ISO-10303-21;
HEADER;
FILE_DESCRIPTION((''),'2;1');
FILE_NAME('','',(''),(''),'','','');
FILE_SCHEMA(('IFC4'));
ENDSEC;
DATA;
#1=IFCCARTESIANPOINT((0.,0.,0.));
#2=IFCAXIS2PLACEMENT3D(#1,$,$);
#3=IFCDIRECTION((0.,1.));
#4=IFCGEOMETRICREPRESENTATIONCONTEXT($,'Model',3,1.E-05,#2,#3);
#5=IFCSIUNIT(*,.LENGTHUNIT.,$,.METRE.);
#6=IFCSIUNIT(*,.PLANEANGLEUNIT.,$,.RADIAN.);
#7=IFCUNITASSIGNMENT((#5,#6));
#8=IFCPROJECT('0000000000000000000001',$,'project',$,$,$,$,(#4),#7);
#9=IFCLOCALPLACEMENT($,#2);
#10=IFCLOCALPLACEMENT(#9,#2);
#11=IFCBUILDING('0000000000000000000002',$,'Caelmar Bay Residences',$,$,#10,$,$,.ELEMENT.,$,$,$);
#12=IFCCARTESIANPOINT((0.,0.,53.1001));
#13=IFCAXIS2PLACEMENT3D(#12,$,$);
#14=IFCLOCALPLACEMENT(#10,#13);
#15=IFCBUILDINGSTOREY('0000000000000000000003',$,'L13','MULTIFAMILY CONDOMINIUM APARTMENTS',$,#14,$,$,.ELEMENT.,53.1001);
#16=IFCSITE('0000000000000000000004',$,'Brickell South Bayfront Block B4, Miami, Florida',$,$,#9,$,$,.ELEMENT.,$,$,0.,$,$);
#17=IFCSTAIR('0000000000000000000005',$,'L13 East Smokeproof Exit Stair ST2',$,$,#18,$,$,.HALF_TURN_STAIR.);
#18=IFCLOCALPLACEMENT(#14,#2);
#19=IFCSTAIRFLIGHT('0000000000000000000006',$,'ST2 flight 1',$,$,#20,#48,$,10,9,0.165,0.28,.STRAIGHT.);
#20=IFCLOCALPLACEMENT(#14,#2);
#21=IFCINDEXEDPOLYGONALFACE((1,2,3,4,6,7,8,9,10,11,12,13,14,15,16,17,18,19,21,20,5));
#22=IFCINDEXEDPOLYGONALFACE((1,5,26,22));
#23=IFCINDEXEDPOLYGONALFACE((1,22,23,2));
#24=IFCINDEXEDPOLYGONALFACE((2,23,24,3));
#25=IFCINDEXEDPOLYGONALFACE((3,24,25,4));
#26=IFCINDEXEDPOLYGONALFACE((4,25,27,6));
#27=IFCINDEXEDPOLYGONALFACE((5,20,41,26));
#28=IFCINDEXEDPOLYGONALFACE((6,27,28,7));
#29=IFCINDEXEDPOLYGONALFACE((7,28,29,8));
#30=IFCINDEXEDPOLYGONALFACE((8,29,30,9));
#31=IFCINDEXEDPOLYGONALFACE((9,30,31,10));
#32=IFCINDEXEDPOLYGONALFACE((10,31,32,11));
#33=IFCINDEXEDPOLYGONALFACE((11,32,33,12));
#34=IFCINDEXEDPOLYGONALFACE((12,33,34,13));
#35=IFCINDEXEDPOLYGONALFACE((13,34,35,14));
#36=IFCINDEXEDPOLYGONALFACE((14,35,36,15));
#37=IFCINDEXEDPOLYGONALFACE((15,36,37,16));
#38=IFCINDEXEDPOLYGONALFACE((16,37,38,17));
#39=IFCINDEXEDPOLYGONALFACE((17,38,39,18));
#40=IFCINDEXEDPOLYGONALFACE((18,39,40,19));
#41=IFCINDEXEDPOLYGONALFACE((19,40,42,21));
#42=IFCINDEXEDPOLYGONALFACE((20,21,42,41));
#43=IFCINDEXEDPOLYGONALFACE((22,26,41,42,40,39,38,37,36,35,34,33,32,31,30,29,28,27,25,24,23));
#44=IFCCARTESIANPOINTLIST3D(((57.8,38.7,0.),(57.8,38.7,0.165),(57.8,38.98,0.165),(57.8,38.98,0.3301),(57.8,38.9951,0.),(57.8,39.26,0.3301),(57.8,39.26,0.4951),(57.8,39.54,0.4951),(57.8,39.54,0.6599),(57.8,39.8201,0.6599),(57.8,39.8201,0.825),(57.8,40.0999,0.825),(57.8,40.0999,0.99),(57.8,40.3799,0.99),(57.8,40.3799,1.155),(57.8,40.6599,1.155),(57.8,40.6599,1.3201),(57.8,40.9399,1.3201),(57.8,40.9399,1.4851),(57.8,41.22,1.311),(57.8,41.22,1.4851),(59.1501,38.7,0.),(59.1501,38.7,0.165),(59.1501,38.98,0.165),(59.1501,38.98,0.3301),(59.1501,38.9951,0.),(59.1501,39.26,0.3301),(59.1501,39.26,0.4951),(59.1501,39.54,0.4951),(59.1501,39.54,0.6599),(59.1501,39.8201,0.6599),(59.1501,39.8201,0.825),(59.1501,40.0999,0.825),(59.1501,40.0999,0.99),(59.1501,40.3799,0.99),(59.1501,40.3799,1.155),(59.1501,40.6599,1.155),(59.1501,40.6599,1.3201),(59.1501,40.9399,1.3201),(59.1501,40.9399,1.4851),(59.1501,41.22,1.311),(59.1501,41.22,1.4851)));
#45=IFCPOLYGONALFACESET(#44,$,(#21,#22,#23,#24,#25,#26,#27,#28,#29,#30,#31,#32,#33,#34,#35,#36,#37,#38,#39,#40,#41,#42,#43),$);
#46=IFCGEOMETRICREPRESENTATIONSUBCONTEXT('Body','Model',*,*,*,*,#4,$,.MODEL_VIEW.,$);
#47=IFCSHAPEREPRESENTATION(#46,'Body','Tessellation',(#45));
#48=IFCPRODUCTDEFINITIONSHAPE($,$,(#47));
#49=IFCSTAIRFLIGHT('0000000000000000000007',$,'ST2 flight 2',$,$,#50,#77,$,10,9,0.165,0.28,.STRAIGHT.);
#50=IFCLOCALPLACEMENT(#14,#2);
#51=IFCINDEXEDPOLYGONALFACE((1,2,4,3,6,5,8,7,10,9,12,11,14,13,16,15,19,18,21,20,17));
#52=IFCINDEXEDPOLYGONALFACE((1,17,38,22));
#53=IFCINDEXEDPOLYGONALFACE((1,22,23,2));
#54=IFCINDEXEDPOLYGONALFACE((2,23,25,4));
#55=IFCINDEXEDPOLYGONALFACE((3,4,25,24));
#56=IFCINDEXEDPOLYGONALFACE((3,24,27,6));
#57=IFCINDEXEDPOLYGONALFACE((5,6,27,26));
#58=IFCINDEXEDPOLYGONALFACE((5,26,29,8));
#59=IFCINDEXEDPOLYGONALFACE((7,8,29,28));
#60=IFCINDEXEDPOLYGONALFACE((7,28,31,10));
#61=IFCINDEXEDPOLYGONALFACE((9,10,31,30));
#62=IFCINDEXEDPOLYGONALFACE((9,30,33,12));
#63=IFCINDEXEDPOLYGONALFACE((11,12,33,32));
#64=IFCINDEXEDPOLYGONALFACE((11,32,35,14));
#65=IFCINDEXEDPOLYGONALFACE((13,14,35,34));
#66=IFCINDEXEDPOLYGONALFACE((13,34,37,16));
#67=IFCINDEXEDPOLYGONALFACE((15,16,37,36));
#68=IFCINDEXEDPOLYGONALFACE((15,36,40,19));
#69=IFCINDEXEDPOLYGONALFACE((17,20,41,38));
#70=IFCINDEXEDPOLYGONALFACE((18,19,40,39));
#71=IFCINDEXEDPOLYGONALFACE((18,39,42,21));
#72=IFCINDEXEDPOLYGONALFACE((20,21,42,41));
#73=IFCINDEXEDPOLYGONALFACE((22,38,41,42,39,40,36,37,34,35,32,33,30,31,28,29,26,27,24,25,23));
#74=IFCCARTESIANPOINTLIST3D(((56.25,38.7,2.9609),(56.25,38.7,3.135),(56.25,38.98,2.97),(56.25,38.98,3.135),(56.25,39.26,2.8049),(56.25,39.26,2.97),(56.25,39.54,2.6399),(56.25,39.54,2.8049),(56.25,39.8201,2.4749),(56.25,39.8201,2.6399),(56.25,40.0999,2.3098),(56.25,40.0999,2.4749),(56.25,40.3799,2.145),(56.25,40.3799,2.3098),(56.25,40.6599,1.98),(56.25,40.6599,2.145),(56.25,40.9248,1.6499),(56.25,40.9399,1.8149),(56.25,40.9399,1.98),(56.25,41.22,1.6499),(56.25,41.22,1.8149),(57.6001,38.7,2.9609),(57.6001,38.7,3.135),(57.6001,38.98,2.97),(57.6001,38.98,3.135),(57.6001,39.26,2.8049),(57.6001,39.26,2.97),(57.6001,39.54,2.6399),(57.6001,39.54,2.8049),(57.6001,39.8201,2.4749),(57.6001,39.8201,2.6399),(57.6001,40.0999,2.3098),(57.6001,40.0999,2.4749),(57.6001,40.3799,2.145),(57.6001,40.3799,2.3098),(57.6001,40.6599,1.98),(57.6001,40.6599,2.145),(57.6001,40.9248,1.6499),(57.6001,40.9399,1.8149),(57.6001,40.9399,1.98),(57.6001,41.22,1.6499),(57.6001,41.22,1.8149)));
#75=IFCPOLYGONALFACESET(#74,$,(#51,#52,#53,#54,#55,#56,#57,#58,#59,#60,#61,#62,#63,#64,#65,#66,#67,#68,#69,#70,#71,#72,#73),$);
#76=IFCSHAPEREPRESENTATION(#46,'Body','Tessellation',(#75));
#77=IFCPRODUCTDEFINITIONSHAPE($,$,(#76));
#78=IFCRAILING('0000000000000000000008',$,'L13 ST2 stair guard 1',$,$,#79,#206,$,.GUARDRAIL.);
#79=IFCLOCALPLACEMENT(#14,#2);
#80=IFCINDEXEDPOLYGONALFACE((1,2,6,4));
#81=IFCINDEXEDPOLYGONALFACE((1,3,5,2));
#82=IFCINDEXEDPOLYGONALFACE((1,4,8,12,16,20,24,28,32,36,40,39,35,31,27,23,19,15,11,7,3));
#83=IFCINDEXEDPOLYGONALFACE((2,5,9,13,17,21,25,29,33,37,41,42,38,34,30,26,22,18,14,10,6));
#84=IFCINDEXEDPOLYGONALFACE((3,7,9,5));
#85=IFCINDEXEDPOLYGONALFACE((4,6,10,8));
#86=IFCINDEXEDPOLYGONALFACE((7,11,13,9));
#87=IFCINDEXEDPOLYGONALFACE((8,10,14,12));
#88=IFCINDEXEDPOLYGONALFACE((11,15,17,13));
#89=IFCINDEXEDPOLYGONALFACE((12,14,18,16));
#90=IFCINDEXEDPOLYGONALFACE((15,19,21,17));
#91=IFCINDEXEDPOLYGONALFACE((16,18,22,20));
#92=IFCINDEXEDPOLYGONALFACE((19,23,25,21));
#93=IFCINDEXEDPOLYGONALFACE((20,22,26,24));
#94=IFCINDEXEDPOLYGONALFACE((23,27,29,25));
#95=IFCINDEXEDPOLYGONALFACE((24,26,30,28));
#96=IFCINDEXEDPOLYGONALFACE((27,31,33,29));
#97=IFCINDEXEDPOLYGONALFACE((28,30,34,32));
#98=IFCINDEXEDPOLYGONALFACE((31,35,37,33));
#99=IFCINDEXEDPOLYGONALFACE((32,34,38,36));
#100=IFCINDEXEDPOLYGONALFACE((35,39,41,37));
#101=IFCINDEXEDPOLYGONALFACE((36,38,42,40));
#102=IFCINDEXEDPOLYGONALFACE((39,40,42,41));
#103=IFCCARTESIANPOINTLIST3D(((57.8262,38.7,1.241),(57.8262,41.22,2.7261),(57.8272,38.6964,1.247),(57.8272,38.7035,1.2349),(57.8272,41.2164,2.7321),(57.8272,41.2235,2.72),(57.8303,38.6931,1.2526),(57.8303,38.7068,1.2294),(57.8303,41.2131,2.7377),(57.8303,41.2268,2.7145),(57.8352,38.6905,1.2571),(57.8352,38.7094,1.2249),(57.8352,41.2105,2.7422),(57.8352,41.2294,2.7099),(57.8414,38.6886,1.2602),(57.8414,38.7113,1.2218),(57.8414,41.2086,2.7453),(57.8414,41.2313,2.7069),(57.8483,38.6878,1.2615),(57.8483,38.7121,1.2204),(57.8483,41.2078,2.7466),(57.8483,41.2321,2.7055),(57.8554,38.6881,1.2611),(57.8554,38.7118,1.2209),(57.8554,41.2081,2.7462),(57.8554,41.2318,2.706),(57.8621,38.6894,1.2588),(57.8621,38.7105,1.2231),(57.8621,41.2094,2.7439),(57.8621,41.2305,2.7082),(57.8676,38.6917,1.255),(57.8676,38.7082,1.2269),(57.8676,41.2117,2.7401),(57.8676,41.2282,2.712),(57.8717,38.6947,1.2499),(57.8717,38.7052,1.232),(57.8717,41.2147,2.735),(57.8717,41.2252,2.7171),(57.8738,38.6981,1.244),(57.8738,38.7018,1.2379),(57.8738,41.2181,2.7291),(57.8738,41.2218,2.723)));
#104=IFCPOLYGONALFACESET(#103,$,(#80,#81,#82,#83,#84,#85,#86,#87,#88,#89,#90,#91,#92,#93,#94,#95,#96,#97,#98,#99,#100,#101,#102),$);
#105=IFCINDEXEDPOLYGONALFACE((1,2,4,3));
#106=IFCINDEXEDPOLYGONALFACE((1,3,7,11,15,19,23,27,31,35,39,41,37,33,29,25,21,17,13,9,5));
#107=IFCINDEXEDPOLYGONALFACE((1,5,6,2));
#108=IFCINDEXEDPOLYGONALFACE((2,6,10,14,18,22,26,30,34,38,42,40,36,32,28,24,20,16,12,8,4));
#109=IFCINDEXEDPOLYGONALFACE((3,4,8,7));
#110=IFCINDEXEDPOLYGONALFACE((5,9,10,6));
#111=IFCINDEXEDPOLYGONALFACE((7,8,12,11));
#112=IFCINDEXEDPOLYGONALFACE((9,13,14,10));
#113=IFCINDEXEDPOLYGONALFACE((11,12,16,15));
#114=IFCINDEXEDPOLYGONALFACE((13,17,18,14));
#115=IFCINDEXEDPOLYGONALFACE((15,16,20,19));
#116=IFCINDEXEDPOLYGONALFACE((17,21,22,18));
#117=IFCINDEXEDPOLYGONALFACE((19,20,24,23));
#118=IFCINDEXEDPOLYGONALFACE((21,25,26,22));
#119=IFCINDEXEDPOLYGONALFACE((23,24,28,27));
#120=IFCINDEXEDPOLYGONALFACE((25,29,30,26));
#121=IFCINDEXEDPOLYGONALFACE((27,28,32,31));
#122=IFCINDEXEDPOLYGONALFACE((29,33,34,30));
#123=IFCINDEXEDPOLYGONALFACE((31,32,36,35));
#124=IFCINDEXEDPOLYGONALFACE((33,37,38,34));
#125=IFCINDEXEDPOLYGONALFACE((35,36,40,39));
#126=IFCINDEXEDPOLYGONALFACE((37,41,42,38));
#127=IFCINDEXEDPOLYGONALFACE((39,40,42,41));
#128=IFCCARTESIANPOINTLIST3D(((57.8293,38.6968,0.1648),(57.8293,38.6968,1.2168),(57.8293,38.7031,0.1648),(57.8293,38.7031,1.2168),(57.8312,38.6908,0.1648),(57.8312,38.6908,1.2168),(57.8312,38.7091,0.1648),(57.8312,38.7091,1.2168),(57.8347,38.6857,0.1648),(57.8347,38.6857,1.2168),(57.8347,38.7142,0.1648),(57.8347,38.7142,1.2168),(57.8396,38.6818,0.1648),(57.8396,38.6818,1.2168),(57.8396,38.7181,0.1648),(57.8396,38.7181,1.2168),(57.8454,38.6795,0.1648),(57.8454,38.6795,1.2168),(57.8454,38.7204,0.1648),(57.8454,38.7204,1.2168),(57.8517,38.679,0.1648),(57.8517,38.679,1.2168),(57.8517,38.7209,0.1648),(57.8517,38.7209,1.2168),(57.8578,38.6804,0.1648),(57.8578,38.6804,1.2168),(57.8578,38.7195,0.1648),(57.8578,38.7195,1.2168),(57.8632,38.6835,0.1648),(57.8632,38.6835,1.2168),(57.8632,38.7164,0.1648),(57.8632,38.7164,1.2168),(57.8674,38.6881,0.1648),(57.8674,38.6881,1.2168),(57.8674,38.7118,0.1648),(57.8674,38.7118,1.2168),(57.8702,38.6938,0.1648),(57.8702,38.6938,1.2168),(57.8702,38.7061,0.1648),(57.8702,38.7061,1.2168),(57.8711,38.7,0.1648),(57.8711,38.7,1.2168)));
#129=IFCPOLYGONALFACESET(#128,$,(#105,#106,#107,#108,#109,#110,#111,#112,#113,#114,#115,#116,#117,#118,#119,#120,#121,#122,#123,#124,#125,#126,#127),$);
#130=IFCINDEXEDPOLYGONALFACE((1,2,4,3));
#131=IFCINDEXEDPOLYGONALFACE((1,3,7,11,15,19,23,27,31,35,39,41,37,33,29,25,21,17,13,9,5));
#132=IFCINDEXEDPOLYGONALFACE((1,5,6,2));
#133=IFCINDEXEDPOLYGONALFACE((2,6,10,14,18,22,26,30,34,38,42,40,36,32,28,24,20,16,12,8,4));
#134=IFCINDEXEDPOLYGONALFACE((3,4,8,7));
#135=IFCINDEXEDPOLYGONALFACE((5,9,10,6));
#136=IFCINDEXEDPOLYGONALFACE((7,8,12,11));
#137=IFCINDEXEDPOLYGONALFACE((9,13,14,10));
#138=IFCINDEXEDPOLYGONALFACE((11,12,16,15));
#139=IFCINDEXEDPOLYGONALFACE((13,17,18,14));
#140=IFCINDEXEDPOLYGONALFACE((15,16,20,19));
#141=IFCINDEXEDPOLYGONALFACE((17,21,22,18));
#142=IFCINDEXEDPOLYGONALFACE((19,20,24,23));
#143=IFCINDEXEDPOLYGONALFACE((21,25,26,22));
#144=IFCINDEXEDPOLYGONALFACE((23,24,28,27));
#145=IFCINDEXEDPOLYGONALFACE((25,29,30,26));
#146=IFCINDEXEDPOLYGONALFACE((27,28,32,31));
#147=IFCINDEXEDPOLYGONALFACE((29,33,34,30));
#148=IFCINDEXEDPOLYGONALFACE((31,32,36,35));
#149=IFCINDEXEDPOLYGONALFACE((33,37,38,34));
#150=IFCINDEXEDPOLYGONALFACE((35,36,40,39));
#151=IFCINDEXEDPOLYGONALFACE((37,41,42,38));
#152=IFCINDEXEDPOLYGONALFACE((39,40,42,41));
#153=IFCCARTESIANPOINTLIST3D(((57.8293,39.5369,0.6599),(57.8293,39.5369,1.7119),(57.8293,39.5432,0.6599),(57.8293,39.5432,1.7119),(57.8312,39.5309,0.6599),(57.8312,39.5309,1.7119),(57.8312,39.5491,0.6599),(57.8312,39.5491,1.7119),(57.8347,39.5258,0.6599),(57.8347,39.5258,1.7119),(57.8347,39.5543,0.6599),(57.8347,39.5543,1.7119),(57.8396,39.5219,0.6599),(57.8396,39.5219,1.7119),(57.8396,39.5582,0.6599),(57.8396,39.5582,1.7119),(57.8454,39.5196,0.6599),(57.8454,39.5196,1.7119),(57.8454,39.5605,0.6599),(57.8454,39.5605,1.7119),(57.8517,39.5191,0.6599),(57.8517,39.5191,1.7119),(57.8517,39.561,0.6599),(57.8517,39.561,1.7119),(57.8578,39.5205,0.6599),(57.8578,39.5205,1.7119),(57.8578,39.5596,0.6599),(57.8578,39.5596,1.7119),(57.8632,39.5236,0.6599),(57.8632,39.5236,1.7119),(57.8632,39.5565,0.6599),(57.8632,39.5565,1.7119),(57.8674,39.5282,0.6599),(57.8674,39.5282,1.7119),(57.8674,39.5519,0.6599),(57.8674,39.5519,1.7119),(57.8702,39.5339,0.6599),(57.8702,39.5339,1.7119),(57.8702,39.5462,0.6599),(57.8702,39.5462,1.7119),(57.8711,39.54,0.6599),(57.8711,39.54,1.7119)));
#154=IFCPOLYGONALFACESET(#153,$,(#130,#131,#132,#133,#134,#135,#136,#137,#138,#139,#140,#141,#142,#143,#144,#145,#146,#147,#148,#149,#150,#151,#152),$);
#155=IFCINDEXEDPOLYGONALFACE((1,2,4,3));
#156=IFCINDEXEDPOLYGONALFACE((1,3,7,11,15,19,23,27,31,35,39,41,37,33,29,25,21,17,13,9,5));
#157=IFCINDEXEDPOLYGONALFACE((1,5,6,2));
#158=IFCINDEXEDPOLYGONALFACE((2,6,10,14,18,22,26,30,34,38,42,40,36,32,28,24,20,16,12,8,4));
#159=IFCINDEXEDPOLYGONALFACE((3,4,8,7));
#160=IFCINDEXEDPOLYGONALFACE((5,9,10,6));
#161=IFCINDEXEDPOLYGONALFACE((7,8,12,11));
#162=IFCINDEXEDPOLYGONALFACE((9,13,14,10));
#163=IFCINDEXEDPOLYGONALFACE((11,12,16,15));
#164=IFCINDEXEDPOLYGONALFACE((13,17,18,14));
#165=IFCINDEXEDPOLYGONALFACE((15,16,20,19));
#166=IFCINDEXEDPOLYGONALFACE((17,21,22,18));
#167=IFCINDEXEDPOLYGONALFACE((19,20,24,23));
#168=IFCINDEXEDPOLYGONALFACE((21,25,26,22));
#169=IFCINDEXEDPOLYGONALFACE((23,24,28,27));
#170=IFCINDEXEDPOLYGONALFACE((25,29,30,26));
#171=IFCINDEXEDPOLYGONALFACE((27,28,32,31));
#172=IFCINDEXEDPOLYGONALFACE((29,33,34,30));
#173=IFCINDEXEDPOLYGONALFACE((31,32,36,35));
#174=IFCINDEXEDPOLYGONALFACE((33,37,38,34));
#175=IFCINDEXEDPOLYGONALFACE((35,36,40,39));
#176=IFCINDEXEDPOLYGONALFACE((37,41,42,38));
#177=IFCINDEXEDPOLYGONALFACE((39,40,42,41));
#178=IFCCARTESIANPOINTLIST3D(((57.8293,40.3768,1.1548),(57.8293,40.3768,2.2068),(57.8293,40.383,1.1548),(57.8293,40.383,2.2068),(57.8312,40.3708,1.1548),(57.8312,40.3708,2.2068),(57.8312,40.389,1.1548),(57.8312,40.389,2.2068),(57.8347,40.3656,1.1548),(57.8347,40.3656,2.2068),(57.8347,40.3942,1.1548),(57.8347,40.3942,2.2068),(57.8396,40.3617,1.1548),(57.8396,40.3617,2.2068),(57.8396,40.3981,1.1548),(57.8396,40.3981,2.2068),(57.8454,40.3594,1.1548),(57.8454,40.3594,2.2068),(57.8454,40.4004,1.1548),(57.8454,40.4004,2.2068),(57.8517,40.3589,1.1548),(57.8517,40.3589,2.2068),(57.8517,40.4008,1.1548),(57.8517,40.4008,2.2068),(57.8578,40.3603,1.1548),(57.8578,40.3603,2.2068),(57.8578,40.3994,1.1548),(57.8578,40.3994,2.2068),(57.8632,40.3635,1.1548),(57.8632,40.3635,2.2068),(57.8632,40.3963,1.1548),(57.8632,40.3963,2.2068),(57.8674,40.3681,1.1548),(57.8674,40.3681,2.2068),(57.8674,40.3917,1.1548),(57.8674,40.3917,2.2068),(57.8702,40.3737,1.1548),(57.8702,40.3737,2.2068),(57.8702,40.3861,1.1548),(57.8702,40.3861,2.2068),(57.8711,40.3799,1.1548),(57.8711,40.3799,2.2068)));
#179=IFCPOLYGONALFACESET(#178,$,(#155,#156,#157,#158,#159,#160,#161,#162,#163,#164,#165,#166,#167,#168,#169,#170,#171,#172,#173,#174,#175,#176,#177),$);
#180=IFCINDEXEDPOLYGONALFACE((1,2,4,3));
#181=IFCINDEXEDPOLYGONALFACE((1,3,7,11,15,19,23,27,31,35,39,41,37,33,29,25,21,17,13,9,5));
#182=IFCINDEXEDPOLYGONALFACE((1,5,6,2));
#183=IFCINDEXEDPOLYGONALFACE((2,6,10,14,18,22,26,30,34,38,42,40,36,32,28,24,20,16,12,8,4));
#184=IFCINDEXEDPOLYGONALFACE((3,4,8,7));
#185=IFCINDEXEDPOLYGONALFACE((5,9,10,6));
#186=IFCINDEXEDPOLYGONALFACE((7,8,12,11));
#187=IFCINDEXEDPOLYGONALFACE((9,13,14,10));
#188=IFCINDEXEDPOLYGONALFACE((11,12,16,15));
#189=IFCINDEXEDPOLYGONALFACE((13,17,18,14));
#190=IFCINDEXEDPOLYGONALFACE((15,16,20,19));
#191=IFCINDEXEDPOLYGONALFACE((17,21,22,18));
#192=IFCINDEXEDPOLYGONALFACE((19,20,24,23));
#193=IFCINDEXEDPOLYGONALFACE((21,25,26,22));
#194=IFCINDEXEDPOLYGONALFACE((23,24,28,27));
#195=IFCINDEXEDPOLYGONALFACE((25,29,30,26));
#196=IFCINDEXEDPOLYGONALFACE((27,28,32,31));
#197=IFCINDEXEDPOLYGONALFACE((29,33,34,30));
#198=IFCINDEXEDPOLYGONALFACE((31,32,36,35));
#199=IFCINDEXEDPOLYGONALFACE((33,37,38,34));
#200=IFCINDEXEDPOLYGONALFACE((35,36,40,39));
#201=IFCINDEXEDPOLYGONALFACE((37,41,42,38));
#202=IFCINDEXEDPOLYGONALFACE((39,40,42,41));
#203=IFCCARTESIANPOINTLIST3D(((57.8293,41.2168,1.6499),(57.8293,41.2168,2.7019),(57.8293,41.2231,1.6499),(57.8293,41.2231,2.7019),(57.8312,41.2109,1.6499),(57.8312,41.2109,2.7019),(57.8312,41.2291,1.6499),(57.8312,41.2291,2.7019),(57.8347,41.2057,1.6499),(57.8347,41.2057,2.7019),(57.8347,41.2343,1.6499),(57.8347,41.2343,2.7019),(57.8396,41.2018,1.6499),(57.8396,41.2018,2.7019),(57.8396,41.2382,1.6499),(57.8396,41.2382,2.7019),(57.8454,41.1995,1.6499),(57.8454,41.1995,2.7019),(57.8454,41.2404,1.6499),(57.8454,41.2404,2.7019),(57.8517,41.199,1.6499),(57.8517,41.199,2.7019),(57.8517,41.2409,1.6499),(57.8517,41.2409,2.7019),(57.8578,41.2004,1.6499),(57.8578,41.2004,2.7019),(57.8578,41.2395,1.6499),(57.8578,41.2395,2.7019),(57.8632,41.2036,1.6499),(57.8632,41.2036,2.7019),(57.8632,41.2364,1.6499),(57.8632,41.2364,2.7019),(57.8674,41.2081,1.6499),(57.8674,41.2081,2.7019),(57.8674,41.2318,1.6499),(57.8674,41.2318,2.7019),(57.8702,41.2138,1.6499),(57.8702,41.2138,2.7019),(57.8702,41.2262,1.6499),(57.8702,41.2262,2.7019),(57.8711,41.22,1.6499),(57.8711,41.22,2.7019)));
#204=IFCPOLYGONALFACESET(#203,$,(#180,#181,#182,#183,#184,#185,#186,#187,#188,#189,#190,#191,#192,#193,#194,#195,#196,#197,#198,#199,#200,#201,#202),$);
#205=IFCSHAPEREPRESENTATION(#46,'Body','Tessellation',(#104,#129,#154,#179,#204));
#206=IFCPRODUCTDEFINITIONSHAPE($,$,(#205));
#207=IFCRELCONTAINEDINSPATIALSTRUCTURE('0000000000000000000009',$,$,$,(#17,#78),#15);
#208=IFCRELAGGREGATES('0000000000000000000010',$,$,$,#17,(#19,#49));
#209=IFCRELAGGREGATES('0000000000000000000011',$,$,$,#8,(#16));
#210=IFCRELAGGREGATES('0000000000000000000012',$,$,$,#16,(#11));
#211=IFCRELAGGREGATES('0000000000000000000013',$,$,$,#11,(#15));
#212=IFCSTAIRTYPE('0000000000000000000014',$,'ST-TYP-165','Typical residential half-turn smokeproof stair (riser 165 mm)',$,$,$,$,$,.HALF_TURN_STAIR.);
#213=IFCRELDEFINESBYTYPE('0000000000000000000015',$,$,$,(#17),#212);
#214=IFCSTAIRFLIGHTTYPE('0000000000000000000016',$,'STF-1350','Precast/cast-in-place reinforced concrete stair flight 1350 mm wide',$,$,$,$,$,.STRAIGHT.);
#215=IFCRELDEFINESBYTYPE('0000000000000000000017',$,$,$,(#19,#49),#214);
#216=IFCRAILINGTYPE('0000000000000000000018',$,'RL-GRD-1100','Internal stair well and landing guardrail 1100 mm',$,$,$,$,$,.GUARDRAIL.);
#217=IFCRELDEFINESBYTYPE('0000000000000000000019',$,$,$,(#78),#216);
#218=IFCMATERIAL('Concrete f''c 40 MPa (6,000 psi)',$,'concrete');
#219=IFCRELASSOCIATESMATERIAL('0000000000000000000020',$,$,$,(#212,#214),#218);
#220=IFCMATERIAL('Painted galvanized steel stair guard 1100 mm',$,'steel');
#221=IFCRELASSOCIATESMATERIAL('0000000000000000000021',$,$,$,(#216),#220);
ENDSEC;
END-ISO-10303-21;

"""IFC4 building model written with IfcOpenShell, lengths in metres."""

from ifc_helpers import new_model, si_unit, direction, frame, origin, origin_2d, place, context, subcontext, project, spatial, polyline, circle, outline, extrude, material, type_object, element, aggregate, save


model = new_model("IFC4")

# Units and contexts
model_context = context("Model", 3, precision=1e-05, world=origin(), true_north=direction((0.0, 1.0)))
body_context = subcontext(model_context, "Body", "Model", "MODEL_VIEW")
ifc_project = project(units=[si_unit("LENGTHUNIT", "METRE"), si_unit("PLANEANGLEUNIT", "RADIAN")], contexts=[model_context])

# Site, building, storey
site_placement = place(None, origin())
site = spatial("IfcSite", under=ifc_project, at=site_placement, Name="Brickell South Bayfront Block B4, Miami, Florida", CompositionType="ELEMENT", RefElevation=0.0)
building_placement = place(site_placement, origin())
building = spatial("IfcBuilding", under=site, at=building_placement, Name="Caelmar Bay Residences", CompositionType="ELEMENT")
storey_placement = place(building_placement, frame((0.0, 0.0, 53.1001)))
storey = spatial("IfcBuildingStorey", under=building, at=storey_placement, Name="L13", Description="MULTIFAMILY CONDOMINIUM APARTMENTS", CompositionType="ELEMENT", Elevation=53.1001)

# Stair, stair flights
ifc_material_1 = material(Name="Concrete f'c 40 MPa (6,000 psi)", Category="concrete")
stair_type = type_object("IfcStairType", Name="ST-TYP-165", Description="Typical residential half-turn smokeproof stair (riser 165 mm)", PredefinedType="HALF_TURN_STAIR", material=ifc_material_1)
stair_placement = place(storey_placement, origin())
stair = element("IfcStair", 1, at=stair_placement, inside=storey, type_object=stair_type, Name="L13 East Smokeproof Exit Stair ST2", PredefinedType="HALF_TURN_STAIR")
stair_flight_type = type_object("IfcStairFlightType", Name="STF-1350", Description="Precast/cast-in-place reinforced concrete stair flight 1350 mm wide", PredefinedType="STRAIGHT", material=ifc_material_1)
stair_flight_1_placement = place(storey_placement, frame((58.4751, 38.7, 0.0), z_axis=(0.0, 0.0, 1.0), x_axis=(0.0, 1.0, 0.0)))
stair_flight_1 = element("IfcStairFlight", 2, at=stair_flight_1_placement, type_object=stair_flight_type, Name="ST2 flight 1", NumberOfRisers=10, NumberOfTreads=9, PredefinedType="STRAIGHT", RiserHeight=0.165, TreadLength=0.28, context=body_context, shape_type="SweptSolid", body=[
    extrude(outline(polyline([(0.0, 0.0), (0.0, 0.165), (0.28, 0.165), (0.28, 0.3301), (0.5601, 0.3301), (0.5601, 0.4951), (0.8401, 0.4951), (0.8401, 0.6599), (1.1201, 0.6599), (1.1201, 0.825), (1.3999, 0.825), (1.3999, 0.99), (1.6799, 0.99), (1.6799, 1.155), (1.96, 1.155), (1.96, 1.3201), (2.24, 1.3201), (2.24, 1.4851), (2.52, 1.4851), (2.52, 1.6499), (2.52, 1.311), (0.2952, 0.0), (0.0, 0.0)])), frame((0.0, 0.675, 0.0), z_axis=(0.0, -1.0, 0.0), x_axis=(1.0, 0.0, 0.0)), (0.0, 0.0, 1.0), 1.3501),
])
stair_flight_2_placement = place(storey_placement, frame((56.925, 41.22, 1.6499), z_axis=(0.0, 0.0, 1.0), x_axis=(0.0, -1.0, 0.0)))
stair_flight_2 = element("IfcStairFlight", 3, at=stair_flight_2_placement, type_object=stair_flight_type, Name="ST2 flight 2", NumberOfRisers=10, NumberOfTreads=9, PredefinedType="STRAIGHT", RiserHeight=0.165, TreadLength=0.28, context=body_context, shape_type="SweptSolid", body=[
    extrude(outline(polyline([(0.0, 0.0), (0.0, 0.165), (0.28, 0.165), (0.28, 0.3301), (0.5601, 0.3301), (0.5601, 0.4951), (0.8401, 0.4951), (0.8401, 0.6599), (1.1201, 0.6599), (1.1201, 0.825), (1.3999, 0.825), (1.3999, 0.99), (1.6799, 0.99), (1.6799, 1.155), (1.96, 1.155), (1.96, 1.3201), (2.24, 1.3201), (2.24, 1.4851), (2.52, 1.4851), (2.52, 1.6499), (2.52, 1.311), (0.2952, 0.0), (0.0, 0.0)])), frame((0.0, 0.675, 0.0), z_axis=(0.0, -1.0, 0.0), x_axis=(1.0, 0.0, 0.0)), (0.0, 0.0, 1.0), 1.3501),
])
aggregate(stair, [stair_flight_1, stair_flight_2])

# Railing
ifc_material_2 = material(Name="Painted galvanized steel stair guard 1100 mm", Category="steel")
railing_type_1 = type_object("IfcRailingType", Name="RL-GRD-1100", Description="Internal stair well and landing guardrail 1100 mm", PredefinedType="GUARDRAIL", material=ifc_material_2)
railing_1_placement = place(storey_placement, frame((57.8501, 38.7, 0.1648)))
element("IfcRailing", 4, at=railing_1_placement, inside=storey, type_object=railing_type_1, Name="L13 ST2 stair guard 1", PredefinedType="GUARDRAIL", context=body_context, shape_type="SweptSolid", body=[
    extrude(circle(Radius=0.0239, at=origin_2d()), frame((0.0, 0.0, 1.0762), z_axis=(0.0, 0.861524, 0.507717), x_axis=(-1.0, 0.0, 0.0)), (0.0, 0.0, 1.0), 2.925),
    extrude(circle(Radius=0.021, at=origin_2d()), origin(), (0.0, 0.0, 1.0), 1.052),
    extrude(circle(Radius=0.021, at=origin_2d()), frame((0.0, 0.8401, 0.4951)), (0.0, 0.0, 1.0), 1.052),
    extrude(circle(Radius=0.021, at=origin_2d()), frame((0.0, 1.6799, 0.99)), (0.0, 0.0, 1.0), 1.052),
    extrude(circle(Radius=0.021, at=origin_2d()), frame((0.0, 2.52, 1.4851)), (0.0, 0.0, 1.0), 1.052),
])

save(model, "model.ifc")
